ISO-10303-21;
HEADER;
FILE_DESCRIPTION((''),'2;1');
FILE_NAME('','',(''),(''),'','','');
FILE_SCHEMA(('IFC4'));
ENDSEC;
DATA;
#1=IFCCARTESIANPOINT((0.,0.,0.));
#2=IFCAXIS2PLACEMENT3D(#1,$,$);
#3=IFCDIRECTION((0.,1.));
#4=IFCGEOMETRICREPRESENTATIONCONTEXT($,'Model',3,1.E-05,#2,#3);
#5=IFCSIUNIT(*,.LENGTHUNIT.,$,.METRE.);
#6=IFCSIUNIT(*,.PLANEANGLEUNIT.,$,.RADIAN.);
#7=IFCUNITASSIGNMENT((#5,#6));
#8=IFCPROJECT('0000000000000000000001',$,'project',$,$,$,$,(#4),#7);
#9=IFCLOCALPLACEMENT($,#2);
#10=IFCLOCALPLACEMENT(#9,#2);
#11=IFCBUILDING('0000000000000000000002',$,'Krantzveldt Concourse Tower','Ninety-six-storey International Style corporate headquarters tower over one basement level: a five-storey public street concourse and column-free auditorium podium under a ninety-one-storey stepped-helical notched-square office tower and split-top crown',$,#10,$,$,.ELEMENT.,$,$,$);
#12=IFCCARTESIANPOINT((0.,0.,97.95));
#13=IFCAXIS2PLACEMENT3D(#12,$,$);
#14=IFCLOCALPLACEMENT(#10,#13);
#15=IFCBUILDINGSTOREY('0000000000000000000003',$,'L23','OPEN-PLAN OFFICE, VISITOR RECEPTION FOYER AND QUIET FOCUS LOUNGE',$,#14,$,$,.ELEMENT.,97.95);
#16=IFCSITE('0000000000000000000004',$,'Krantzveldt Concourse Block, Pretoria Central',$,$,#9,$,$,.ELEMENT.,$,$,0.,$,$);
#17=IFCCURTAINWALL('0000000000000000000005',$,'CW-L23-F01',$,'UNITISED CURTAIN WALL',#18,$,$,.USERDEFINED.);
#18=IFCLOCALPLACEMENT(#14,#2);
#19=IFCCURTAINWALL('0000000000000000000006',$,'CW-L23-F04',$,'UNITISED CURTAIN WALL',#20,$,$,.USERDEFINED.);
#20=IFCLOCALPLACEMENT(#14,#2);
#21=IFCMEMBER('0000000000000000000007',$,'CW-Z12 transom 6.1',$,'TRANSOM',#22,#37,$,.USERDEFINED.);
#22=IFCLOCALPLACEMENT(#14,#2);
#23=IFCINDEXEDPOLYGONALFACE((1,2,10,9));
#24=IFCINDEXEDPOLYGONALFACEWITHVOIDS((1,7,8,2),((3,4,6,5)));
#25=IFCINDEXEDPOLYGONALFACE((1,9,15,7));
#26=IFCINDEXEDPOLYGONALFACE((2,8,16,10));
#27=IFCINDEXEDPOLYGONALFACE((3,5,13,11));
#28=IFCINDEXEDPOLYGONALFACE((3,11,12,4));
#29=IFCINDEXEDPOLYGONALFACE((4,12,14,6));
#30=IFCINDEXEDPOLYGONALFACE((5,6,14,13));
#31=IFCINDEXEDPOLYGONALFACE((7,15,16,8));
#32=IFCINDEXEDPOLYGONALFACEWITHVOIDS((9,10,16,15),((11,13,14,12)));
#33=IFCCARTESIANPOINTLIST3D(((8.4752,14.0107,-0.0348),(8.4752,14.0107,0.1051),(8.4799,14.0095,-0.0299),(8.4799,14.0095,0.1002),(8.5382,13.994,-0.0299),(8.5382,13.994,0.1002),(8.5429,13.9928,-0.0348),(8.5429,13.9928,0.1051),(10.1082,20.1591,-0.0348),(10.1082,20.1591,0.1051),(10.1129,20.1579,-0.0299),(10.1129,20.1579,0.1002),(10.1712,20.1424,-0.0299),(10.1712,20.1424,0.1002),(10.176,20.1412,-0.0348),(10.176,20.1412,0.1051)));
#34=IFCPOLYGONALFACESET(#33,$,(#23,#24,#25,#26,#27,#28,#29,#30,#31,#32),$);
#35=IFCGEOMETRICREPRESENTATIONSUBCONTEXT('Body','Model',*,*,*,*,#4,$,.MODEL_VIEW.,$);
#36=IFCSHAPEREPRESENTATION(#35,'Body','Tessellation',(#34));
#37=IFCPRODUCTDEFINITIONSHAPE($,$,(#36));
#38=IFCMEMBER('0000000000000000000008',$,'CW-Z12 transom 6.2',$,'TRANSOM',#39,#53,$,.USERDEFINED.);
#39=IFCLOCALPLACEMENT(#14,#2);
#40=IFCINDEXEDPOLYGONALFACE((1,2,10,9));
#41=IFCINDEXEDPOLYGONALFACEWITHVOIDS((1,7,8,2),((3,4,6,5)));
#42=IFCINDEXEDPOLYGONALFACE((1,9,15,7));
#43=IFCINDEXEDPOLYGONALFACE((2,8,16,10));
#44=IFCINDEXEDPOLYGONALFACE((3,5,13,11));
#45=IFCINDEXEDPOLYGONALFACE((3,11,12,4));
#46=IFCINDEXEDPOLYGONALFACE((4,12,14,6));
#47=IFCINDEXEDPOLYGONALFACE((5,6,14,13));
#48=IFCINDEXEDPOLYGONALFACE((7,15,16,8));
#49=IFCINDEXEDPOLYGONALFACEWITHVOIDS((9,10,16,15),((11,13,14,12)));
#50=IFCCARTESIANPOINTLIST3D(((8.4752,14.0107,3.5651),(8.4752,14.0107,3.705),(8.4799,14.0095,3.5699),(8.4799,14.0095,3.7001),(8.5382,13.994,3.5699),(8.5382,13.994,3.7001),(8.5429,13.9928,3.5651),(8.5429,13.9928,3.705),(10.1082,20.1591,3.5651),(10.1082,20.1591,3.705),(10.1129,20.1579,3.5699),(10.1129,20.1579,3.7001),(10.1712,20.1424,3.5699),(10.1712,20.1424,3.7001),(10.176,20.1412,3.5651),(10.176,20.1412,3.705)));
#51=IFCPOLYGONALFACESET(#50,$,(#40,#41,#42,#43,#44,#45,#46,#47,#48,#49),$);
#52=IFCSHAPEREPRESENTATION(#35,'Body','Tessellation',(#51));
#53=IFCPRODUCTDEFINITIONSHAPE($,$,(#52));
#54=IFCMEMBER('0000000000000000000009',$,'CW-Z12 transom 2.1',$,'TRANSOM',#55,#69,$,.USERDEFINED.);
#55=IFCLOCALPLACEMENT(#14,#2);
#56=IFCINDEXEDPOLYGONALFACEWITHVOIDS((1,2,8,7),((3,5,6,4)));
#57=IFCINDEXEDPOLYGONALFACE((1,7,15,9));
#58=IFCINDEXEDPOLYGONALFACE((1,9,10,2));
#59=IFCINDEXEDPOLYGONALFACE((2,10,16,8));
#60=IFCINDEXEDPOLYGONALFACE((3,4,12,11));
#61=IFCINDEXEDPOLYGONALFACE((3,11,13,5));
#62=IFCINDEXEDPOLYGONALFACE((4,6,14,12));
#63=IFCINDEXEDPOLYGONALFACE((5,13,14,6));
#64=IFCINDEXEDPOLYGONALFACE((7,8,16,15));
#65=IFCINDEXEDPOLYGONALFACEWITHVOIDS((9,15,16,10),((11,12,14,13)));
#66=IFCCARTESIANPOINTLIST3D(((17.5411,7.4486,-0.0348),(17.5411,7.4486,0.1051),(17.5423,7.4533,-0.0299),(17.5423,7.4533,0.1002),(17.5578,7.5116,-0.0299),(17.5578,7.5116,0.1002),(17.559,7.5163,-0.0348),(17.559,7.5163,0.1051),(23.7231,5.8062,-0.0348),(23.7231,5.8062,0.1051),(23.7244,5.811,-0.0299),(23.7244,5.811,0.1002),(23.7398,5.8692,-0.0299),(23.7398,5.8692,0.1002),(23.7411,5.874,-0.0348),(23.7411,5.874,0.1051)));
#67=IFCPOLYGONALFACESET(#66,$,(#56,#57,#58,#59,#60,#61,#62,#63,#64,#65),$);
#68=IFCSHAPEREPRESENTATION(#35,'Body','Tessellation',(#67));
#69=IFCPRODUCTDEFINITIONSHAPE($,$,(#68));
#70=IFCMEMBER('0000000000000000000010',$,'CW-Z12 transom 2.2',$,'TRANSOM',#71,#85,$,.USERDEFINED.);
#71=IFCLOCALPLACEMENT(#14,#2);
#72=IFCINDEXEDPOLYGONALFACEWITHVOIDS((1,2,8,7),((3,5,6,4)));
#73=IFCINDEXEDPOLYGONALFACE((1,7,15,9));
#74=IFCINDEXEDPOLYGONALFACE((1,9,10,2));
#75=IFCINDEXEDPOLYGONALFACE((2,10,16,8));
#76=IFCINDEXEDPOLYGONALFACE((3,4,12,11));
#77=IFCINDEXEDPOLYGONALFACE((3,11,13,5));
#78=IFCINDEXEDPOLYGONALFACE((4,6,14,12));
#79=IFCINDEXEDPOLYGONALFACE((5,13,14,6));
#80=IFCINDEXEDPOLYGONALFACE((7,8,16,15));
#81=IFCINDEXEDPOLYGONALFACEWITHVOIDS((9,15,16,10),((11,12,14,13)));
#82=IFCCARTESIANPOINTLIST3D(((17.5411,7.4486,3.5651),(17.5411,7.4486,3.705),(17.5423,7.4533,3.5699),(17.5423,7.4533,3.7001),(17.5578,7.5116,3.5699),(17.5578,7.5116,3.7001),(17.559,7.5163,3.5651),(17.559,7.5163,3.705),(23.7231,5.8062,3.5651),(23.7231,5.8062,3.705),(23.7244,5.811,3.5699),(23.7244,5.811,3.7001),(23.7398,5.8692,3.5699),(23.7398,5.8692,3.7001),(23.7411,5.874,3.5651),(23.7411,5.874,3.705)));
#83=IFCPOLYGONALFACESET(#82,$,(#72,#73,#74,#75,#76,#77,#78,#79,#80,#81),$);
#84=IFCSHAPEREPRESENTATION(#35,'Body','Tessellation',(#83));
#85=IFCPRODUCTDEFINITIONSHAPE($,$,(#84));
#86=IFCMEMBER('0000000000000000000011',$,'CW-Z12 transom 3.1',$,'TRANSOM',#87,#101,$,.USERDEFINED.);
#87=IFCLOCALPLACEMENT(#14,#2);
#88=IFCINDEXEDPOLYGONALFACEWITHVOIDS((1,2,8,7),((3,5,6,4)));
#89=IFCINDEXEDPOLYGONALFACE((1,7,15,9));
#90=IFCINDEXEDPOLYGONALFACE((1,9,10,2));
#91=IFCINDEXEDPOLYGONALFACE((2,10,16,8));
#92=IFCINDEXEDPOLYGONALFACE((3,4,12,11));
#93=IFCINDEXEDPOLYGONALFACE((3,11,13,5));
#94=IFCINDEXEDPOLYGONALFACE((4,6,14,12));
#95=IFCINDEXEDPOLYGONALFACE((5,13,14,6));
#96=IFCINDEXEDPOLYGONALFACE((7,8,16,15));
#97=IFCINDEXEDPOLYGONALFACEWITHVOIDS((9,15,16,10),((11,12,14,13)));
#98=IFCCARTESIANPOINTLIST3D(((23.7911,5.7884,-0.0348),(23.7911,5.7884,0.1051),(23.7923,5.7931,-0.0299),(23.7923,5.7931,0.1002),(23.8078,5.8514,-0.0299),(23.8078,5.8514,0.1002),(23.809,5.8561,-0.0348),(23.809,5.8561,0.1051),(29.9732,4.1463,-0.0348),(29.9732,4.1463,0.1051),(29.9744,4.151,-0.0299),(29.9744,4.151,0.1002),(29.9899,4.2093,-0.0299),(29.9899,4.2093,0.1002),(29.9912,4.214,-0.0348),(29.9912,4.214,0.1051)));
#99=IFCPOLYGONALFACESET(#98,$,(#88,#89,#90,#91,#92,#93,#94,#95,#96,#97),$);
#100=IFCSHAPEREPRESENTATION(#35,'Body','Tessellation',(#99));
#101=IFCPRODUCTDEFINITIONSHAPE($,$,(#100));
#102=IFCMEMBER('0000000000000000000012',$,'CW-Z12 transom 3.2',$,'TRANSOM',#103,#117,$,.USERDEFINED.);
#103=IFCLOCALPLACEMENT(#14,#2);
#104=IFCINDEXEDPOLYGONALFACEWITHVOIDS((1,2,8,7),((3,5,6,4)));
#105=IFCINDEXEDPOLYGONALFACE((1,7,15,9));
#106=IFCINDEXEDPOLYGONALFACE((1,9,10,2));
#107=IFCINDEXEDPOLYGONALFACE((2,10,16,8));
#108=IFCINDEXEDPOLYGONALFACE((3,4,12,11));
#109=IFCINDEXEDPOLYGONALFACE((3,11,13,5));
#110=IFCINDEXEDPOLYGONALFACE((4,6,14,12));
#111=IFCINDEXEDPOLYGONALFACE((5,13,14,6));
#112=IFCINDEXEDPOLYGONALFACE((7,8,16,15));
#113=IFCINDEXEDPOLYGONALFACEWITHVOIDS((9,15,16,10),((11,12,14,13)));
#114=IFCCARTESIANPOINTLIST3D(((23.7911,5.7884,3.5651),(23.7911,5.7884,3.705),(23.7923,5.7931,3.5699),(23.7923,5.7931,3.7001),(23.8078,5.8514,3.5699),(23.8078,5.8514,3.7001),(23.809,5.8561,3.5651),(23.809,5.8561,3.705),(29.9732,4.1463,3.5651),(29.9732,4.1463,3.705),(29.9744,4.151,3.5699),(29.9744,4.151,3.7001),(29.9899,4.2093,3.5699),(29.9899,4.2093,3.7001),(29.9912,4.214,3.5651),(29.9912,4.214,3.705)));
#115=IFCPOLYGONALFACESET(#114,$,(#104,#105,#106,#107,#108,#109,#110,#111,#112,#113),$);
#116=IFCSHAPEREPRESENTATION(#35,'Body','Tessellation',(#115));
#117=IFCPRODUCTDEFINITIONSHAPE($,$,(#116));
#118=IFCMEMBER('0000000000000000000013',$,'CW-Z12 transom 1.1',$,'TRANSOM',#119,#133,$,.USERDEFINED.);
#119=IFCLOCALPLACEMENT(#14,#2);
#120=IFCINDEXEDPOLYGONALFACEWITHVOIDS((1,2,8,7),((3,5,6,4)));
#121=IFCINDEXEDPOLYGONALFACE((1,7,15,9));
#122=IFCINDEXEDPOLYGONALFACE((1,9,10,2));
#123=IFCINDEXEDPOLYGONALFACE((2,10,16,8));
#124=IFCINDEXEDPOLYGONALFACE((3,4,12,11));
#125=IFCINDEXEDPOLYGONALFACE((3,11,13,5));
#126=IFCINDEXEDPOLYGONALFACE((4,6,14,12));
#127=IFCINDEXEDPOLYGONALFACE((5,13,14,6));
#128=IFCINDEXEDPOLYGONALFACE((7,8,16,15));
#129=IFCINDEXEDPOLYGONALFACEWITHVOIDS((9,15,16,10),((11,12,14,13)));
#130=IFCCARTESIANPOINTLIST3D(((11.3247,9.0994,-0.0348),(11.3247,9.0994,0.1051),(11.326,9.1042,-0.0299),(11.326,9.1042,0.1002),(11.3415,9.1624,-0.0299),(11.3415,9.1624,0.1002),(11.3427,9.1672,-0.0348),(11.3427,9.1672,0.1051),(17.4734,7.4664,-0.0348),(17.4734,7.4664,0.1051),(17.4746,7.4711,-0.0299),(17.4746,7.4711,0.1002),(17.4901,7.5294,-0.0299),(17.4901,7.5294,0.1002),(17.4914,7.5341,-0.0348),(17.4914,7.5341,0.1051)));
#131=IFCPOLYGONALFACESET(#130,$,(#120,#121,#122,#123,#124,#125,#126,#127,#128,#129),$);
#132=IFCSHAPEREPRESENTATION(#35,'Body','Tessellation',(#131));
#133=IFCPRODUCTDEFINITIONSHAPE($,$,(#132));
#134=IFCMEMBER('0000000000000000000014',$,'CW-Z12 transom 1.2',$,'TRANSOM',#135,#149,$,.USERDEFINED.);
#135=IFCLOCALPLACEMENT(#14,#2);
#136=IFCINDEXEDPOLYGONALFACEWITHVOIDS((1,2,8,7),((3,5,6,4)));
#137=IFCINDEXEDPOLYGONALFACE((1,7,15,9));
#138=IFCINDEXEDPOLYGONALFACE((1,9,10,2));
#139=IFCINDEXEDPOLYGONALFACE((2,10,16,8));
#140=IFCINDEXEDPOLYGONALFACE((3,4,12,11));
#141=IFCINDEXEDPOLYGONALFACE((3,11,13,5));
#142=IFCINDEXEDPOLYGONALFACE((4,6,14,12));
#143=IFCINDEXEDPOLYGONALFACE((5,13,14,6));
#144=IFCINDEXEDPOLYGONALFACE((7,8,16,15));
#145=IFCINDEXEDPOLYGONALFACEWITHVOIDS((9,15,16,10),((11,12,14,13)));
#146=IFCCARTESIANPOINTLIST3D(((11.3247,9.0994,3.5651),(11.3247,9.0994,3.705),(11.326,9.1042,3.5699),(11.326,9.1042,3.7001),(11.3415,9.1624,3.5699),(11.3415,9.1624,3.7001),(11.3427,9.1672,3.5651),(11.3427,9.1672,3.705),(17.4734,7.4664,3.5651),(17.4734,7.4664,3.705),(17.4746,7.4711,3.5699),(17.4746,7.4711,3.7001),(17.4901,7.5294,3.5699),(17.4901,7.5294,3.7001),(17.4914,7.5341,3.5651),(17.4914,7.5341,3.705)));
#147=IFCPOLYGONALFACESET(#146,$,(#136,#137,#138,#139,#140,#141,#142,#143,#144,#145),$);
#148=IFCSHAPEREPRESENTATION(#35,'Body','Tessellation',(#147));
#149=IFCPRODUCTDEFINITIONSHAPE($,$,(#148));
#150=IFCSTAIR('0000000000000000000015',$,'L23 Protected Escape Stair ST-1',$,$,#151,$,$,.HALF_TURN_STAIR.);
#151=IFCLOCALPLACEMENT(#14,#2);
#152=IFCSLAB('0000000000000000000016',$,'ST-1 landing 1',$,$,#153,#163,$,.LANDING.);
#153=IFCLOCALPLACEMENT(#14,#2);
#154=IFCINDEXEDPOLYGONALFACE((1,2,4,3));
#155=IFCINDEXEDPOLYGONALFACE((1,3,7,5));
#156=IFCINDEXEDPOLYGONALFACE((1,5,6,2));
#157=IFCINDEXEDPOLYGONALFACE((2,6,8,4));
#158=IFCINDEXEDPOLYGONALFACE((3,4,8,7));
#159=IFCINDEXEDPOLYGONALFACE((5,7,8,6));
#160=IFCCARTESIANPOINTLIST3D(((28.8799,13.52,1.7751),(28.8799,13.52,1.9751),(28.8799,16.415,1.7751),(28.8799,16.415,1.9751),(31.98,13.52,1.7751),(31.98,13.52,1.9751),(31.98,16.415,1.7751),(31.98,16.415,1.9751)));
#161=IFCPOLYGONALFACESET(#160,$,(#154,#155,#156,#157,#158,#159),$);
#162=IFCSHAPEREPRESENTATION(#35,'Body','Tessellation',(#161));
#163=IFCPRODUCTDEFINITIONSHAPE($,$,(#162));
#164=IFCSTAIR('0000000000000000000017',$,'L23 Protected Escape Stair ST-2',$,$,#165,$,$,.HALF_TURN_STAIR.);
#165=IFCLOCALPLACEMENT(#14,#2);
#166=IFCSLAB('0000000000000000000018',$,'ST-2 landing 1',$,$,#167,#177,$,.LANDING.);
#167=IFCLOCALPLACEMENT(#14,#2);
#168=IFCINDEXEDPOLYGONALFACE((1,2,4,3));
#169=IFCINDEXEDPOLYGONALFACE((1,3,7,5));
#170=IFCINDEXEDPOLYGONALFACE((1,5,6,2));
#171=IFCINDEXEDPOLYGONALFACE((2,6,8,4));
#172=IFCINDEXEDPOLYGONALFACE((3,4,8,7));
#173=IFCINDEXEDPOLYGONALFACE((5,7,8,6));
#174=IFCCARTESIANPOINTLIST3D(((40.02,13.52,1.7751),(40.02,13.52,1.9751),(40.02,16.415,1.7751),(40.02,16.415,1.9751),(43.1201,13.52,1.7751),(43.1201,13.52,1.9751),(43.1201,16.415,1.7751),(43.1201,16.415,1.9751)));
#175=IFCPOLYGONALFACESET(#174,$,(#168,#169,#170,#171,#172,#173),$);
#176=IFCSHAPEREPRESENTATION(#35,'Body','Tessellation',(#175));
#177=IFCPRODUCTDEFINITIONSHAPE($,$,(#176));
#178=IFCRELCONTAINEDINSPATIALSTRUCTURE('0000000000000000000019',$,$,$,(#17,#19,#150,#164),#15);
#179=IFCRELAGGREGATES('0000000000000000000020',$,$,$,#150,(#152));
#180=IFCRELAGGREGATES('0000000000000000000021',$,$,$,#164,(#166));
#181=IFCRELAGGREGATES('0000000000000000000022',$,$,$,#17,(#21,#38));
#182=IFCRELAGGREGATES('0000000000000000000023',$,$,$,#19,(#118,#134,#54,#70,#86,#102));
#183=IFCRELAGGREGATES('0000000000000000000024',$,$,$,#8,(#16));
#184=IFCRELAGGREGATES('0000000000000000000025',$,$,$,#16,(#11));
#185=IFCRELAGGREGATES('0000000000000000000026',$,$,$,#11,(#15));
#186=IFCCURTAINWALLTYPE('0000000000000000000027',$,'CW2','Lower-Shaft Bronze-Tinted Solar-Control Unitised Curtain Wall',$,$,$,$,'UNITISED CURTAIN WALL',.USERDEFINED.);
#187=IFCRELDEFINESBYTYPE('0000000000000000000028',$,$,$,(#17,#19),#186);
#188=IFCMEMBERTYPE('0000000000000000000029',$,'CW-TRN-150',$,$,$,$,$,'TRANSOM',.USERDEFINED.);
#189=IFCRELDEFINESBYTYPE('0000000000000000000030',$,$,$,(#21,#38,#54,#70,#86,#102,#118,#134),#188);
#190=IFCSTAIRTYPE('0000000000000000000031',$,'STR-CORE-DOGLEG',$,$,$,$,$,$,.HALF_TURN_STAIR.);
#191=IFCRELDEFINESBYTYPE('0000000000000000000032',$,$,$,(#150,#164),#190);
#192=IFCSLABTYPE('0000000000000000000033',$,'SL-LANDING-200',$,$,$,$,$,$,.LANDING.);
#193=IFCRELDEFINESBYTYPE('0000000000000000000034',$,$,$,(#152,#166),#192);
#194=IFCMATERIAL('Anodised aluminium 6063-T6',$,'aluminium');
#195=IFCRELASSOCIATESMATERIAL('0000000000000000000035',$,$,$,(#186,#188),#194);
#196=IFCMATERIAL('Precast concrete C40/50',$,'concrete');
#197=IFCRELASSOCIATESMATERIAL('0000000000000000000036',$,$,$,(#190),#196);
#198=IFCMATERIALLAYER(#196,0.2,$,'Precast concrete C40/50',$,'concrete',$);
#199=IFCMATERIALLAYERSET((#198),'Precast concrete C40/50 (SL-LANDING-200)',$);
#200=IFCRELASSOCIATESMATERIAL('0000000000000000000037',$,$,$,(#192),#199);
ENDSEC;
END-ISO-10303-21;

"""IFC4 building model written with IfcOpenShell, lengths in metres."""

from ifc_helpers import new_model, si_unit, direction, frame, origin, origin_2d, place, context, subcontext, project, spatial, polyline, hollow_rectangle, outline, extrude, source, transform, mapped, material, layer, layer_set, material_profile, profile_set, type_object, type_shapes, element, aggregate, save


model = new_model("IFC4")

# Units and contexts
model_context = context("Model", 3, precision=1e-05, world=origin(), true_north=direction((0.0, 1.0)))
body_context = subcontext(model_context, "Body", "Model", "MODEL_VIEW")
ifc_project = project(units=[si_unit("LENGTHUNIT", "METRE"), si_unit("PLANEANGLEUNIT", "RADIAN")], contexts=[model_context])

# Site, building, storey
site_placement = place(None, origin())
site = spatial("IfcSite", under=ifc_project, at=site_placement, Name="Krantzveldt Concourse Block, Pretoria Central", CompositionType="ELEMENT", RefElevation=0.0)
building_placement = place(site_placement, origin())
building = spatial("IfcBuilding", under=site, at=building_placement, Name="Krantzveldt Concourse Tower", Description="Ninety-six-storey International Style corporate headquarters tower over one basement level: a five-storey public street concourse and column-free auditorium podium under a ninety-one-storey stepped-helical notched-square office tower and split-top crown", CompositionType="ELEMENT")
storey_placement = place(building_placement, frame((0.0, 0.0, 97.95)))
storey = spatial("IfcBuildingStorey", under=building, at=storey_placement, Name="L23", Description="OPEN-PLAN OFFICE, VISITOR RECEPTION FOYER AND QUIET FOCUS LOUNGE", CompositionType="ELEMENT", Elevation=97.95)

# Curtain walls
ifc_material_1 = material(Name="Anodised aluminium 6063-T6", Category="aluminium")
curtain_wall_type = type_object("IfcCurtainWallType", Name="CW2", Description="Lower-Shaft Bronze-Tinted Solar-Control Unitised Curtain Wall", ElementType="UNITISED CURTAIN WALL", PredefinedType="USERDEFINED", material=ifc_material_1)
curtain_wall_1_placement = place(storey_placement, origin())
curtain_wall_1 = element("IfcCurtainWall", 1, at=curtain_wall_1_placement, inside=storey, type_object=curtain_wall_type, Name="CW-L23-F01", ObjectType="UNITISED CURTAIN WALL", PredefinedType="USERDEFINED")
curtain_wall_2_placement = place(storey_placement, origin())
curtain_wall_2 = element("IfcCurtainWall", 2, at=curtain_wall_2_placement, inside=storey, type_object=curtain_wall_type, Name="CW-L23-F04", ObjectType="UNITISED CURTAIN WALL", PredefinedType="USERDEFINED")

# Members
ifc_material_profile_1 = material_profile(ifc_material_1, hollow_rectangle(XDim=0.0701, YDim=0.1399, WallThickness=0.0049, at=origin_2d()), Name="Anodised aluminium 6063-T6", Category="aluminium")
ifc_profile_set_1 = profile_set([ifc_material_profile_1], Name="Anodised aluminium 6063-T6 - ALU-TRAN 140x70x5")
member_type_1 = type_object("IfcMemberType", Name="CW-TRN-150", ElementType="TRANSOM", PredefinedType="USERDEFINED", material=ifc_profile_set_1)
shared_shape_1 = source(origin(), body_context, "Body", "SweptSolid", [
    extrude(hollow_rectangle(XDim=0.0701, YDim=0.1399, WallThickness=0.0049, at=origin_2d()), origin(), (0.0, 0.0, 1.0), 6.3616),
])
member_1_placement = place(storey_placement, frame((10.1421, 20.1501, 0.0352), z_axis=(-0.256705, -0.96649, 0.0), x_axis=(0.96649, -0.256705, 0.0)))
member_1 = element("IfcMember", 3, at=member_1_placement, type_object=member_type_1, Name="CW-Z12 transom 6.1", ObjectType="TRANSOM", PredefinedType="USERDEFINED", context=body_context, shape_type="MappedRepresentation", body=[
    mapped(shared_shape_1, transform((0.0, 0.0, 0.0), x_axis=(1.0, 0.0, 0.0), y_axis=(0.0, 1.0, 0.0), z_axis=(0.0, 0.0, 1.0), scale=1.0)),
])
member_2_placement = place(storey_placement, frame((10.1421, 20.1501, 3.635), z_axis=(-0.256705, -0.96649, 0.0), x_axis=(0.96649, -0.256705, 0.0)))
member_2 = element("IfcMember", 4, at=member_2_placement, type_object=member_type_1, Name="CW-Z12 transom 6.2", ObjectType="TRANSOM", PredefinedType="USERDEFINED", context=body_context, shape_type="MappedRepresentation", body=[
    mapped(shared_shape_1, transform((0.0, 0.0, 0.0), x_axis=(1.0, 0.0, 0.0), y_axis=(0.0, 1.0, 0.0), z_axis=(0.0, 0.0, 1.0), scale=1.0)),
])
shared_shape_2 = source(origin(), body_context, "Body", "SweptSolid", [
    extrude(hollow_rectangle(XDim=0.0701, YDim=0.1399, WallThickness=0.0049, at=origin_2d()), origin(), (0.0, 0.0, 1.0), 6.3965),
])
member_3_placement = place(storey_placement, frame((17.55, 7.4824, 0.0352), z_axis=(0.966477, -0.256753, 0.0), x_axis=(0.256753, 0.966477, 0.0)))
member_3 = element("IfcMember", 5, at=member_3_placement, type_object=member_type_1, Name="CW-Z12 transom 2.1", ObjectType="TRANSOM", PredefinedType="USERDEFINED", context=body_context, shape_type="MappedRepresentation", body=[
    mapped(shared_shape_2, transform((0.0, 0.0, 0.0), x_axis=(1.0, 0.0, 0.0), y_axis=(0.0, 1.0, 0.0), z_axis=(0.0, 0.0, 1.0), scale=1.0)),
])
member_4_placement = place(storey_placement, frame((17.55, 7.4824, 3.635), z_axis=(0.966477, -0.256753, 0.0), x_axis=(0.256753, 0.966477, 0.0)))
member_4 = element("IfcMember", 6, at=member_4_placement, type_object=member_type_1, Name="CW-Z12 transom 2.2", ObjectType="TRANSOM", PredefinedType="USERDEFINED", context=body_context, shape_type="MappedRepresentation", body=[
    mapped(shared_shape_2, transform((0.0, 0.0, 0.0), x_axis=(1.0, 0.0, 0.0), y_axis=(0.0, 1.0, 0.0), z_axis=(0.0, 0.0, 1.0), scale=1.0)),
])
member_5_placement = place(storey_placement, frame((23.8, 5.8223, 0.0352), z_axis=(0.966487, -0.256717, 0.0), x_axis=(0.256717, 0.966487, 0.0)))
member_5 = element("IfcMember", 7, at=member_5_placement, type_object=member_type_1, Name="CW-Z12 transom 3.1", ObjectType="TRANSOM", PredefinedType="USERDEFINED", context=body_context, shape_type="MappedRepresentation", body=[
    mapped(shared_shape_2, transform((0.0, 0.0, 0.0), x_axis=(1.0, 0.0, 0.0), y_axis=(0.0, 1.0, 0.0), z_axis=(0.0, 0.0, 1.0), scale=1.0)),
])
member_6_placement = place(storey_placement, frame((23.8, 5.8223, 3.635), z_axis=(0.966487, -0.256717, 0.0), x_axis=(0.256717, 0.966487, 0.0)))
member_6 = element("IfcMember", 8, at=member_6_placement, type_object=member_type_1, Name="CW-Z12 transom 3.2", ObjectType="TRANSOM", PredefinedType="USERDEFINED", context=body_context, shape_type="MappedRepresentation", body=[
    mapped(shared_shape_2, transform((0.0, 0.0, 0.0), x_axis=(1.0, 0.0, 0.0), y_axis=(0.0, 1.0, 0.0), z_axis=(0.0, 0.0, 1.0), scale=1.0)),
])
shared_shape_3 = source(origin(), body_context, "Body", "SweptSolid", [
    extrude(hollow_rectangle(XDim=0.0701, YDim=0.1399, WallThickness=0.0049, at=origin_2d()), origin(), (0.0, 0.0, 1.0), 6.3618),
])
type_shapes(member_type_1, [shared_shape_1, shared_shape_2, shared_shape_3])
member_7_placement = place(storey_placement, frame((11.3337, 9.1333, 0.0352), z_axis=(0.966492, -0.256695, 0.0), x_axis=(0.256695, 0.966492, 0.0)))
member_7 = element("IfcMember", 9, at=member_7_placement, type_object=member_type_1, Name="CW-Z12 transom 1.1", ObjectType="TRANSOM", PredefinedType="USERDEFINED", context=body_context, shape_type="MappedRepresentation", body=[
    mapped(shared_shape_3, transform((0.0, 0.0, 0.0), x_axis=(1.0, 0.0, 0.0), y_axis=(0.0, 1.0, 0.0), z_axis=(0.0, 0.0, 1.0), scale=1.0)),
])
member_8_placement = place(storey_placement, frame((11.3337, 9.1333, 3.635), z_axis=(0.966492, -0.256695, 0.0), x_axis=(0.256695, 0.966492, 0.0)))
member_8 = element("IfcMember", 10, at=member_8_placement, type_object=member_type_1, Name="CW-Z12 transom 1.2", ObjectType="TRANSOM", PredefinedType="USERDEFINED", context=body_context, shape_type="MappedRepresentation", body=[
    mapped(shared_shape_3, transform((0.0, 0.0, 0.0), x_axis=(1.0, 0.0, 0.0), y_axis=(0.0, 1.0, 0.0), z_axis=(0.0, 0.0, 1.0), scale=1.0)),
])

# Stairs, slabs
ifc_material_2 = material(Name="Precast concrete C40/50", Category="concrete")
stair_type = type_object("IfcStairType", Name="STR-CORE-DOGLEG", PredefinedType="HALF_TURN_STAIR", material=ifc_material_2)
stair_1_placement = place(storey_placement, origin())
stair_1 = element("IfcStair", 11, at=stair_1_placement, inside=storey, type_object=stair_type, Name="L23 Protected Escape Stair ST-1", PredefinedType="HALF_TURN_STAIR")
ifc_layer_1 = layer(ifc_material_2, 0.2, Name="Precast concrete C40/50", Category="concrete")
ifc_layer_set_1 = layer_set([ifc_layer_1], Name="Precast concrete C40/50 (SL-LANDING-200)")
slab_type_1 = type_object("IfcSlabType", Name="SL-LANDING-200", PredefinedType="LANDING", material=ifc_layer_set_1)
slab_1_placement = place(storey_placement, frame((0.0, 0.0, 1.7751)))
slab_1 = element("IfcSlab", 12, at=slab_1_placement, type_object=slab_type_1, Name="ST-1 landing 1", PredefinedType="LANDING", context=body_context, shape_type="SweptSolid", body=[
    extrude(outline(polyline([(28.8799, 16.415), (28.8799, 13.52), (31.98, 13.52), (31.98, 16.415), (28.8799, 16.415)])), origin(), (0.0, 0.0, 1.0), 0.2),
])
aggregate(stair_1, [slab_1])
stair_2_placement = place(storey_placement, origin())
stair_2 = element("IfcStair", 13, at=stair_2_placement, inside=storey, type_object=stair_type, Name="L23 Protected Escape Stair ST-2", PredefinedType="HALF_TURN_STAIR")
slab_2_placement = place(storey_placement, frame((0.0, 0.0, 1.7751)))
slab_2 = element("IfcSlab", 14, at=slab_2_placement, type_object=slab_type_1, Name="ST-2 landing 1", PredefinedType="LANDING", context=body_context, shape_type="SweptSolid", body=[
    extrude(outline(polyline([(40.02, 16.415), (40.02, 13.52), (43.1201, 13.52), (43.1201, 16.415), (40.02, 16.415)])), origin(), (0.0, 0.0, 1.0), 0.2),
])
aggregate(stair_2, [slab_2])

aggregate(curtain_wall_1, [member_1, member_2])
aggregate(curtain_wall_2, [member_7, member_8, member_3, member_4, member_5, member_6])

save(model, "model.ifc")
